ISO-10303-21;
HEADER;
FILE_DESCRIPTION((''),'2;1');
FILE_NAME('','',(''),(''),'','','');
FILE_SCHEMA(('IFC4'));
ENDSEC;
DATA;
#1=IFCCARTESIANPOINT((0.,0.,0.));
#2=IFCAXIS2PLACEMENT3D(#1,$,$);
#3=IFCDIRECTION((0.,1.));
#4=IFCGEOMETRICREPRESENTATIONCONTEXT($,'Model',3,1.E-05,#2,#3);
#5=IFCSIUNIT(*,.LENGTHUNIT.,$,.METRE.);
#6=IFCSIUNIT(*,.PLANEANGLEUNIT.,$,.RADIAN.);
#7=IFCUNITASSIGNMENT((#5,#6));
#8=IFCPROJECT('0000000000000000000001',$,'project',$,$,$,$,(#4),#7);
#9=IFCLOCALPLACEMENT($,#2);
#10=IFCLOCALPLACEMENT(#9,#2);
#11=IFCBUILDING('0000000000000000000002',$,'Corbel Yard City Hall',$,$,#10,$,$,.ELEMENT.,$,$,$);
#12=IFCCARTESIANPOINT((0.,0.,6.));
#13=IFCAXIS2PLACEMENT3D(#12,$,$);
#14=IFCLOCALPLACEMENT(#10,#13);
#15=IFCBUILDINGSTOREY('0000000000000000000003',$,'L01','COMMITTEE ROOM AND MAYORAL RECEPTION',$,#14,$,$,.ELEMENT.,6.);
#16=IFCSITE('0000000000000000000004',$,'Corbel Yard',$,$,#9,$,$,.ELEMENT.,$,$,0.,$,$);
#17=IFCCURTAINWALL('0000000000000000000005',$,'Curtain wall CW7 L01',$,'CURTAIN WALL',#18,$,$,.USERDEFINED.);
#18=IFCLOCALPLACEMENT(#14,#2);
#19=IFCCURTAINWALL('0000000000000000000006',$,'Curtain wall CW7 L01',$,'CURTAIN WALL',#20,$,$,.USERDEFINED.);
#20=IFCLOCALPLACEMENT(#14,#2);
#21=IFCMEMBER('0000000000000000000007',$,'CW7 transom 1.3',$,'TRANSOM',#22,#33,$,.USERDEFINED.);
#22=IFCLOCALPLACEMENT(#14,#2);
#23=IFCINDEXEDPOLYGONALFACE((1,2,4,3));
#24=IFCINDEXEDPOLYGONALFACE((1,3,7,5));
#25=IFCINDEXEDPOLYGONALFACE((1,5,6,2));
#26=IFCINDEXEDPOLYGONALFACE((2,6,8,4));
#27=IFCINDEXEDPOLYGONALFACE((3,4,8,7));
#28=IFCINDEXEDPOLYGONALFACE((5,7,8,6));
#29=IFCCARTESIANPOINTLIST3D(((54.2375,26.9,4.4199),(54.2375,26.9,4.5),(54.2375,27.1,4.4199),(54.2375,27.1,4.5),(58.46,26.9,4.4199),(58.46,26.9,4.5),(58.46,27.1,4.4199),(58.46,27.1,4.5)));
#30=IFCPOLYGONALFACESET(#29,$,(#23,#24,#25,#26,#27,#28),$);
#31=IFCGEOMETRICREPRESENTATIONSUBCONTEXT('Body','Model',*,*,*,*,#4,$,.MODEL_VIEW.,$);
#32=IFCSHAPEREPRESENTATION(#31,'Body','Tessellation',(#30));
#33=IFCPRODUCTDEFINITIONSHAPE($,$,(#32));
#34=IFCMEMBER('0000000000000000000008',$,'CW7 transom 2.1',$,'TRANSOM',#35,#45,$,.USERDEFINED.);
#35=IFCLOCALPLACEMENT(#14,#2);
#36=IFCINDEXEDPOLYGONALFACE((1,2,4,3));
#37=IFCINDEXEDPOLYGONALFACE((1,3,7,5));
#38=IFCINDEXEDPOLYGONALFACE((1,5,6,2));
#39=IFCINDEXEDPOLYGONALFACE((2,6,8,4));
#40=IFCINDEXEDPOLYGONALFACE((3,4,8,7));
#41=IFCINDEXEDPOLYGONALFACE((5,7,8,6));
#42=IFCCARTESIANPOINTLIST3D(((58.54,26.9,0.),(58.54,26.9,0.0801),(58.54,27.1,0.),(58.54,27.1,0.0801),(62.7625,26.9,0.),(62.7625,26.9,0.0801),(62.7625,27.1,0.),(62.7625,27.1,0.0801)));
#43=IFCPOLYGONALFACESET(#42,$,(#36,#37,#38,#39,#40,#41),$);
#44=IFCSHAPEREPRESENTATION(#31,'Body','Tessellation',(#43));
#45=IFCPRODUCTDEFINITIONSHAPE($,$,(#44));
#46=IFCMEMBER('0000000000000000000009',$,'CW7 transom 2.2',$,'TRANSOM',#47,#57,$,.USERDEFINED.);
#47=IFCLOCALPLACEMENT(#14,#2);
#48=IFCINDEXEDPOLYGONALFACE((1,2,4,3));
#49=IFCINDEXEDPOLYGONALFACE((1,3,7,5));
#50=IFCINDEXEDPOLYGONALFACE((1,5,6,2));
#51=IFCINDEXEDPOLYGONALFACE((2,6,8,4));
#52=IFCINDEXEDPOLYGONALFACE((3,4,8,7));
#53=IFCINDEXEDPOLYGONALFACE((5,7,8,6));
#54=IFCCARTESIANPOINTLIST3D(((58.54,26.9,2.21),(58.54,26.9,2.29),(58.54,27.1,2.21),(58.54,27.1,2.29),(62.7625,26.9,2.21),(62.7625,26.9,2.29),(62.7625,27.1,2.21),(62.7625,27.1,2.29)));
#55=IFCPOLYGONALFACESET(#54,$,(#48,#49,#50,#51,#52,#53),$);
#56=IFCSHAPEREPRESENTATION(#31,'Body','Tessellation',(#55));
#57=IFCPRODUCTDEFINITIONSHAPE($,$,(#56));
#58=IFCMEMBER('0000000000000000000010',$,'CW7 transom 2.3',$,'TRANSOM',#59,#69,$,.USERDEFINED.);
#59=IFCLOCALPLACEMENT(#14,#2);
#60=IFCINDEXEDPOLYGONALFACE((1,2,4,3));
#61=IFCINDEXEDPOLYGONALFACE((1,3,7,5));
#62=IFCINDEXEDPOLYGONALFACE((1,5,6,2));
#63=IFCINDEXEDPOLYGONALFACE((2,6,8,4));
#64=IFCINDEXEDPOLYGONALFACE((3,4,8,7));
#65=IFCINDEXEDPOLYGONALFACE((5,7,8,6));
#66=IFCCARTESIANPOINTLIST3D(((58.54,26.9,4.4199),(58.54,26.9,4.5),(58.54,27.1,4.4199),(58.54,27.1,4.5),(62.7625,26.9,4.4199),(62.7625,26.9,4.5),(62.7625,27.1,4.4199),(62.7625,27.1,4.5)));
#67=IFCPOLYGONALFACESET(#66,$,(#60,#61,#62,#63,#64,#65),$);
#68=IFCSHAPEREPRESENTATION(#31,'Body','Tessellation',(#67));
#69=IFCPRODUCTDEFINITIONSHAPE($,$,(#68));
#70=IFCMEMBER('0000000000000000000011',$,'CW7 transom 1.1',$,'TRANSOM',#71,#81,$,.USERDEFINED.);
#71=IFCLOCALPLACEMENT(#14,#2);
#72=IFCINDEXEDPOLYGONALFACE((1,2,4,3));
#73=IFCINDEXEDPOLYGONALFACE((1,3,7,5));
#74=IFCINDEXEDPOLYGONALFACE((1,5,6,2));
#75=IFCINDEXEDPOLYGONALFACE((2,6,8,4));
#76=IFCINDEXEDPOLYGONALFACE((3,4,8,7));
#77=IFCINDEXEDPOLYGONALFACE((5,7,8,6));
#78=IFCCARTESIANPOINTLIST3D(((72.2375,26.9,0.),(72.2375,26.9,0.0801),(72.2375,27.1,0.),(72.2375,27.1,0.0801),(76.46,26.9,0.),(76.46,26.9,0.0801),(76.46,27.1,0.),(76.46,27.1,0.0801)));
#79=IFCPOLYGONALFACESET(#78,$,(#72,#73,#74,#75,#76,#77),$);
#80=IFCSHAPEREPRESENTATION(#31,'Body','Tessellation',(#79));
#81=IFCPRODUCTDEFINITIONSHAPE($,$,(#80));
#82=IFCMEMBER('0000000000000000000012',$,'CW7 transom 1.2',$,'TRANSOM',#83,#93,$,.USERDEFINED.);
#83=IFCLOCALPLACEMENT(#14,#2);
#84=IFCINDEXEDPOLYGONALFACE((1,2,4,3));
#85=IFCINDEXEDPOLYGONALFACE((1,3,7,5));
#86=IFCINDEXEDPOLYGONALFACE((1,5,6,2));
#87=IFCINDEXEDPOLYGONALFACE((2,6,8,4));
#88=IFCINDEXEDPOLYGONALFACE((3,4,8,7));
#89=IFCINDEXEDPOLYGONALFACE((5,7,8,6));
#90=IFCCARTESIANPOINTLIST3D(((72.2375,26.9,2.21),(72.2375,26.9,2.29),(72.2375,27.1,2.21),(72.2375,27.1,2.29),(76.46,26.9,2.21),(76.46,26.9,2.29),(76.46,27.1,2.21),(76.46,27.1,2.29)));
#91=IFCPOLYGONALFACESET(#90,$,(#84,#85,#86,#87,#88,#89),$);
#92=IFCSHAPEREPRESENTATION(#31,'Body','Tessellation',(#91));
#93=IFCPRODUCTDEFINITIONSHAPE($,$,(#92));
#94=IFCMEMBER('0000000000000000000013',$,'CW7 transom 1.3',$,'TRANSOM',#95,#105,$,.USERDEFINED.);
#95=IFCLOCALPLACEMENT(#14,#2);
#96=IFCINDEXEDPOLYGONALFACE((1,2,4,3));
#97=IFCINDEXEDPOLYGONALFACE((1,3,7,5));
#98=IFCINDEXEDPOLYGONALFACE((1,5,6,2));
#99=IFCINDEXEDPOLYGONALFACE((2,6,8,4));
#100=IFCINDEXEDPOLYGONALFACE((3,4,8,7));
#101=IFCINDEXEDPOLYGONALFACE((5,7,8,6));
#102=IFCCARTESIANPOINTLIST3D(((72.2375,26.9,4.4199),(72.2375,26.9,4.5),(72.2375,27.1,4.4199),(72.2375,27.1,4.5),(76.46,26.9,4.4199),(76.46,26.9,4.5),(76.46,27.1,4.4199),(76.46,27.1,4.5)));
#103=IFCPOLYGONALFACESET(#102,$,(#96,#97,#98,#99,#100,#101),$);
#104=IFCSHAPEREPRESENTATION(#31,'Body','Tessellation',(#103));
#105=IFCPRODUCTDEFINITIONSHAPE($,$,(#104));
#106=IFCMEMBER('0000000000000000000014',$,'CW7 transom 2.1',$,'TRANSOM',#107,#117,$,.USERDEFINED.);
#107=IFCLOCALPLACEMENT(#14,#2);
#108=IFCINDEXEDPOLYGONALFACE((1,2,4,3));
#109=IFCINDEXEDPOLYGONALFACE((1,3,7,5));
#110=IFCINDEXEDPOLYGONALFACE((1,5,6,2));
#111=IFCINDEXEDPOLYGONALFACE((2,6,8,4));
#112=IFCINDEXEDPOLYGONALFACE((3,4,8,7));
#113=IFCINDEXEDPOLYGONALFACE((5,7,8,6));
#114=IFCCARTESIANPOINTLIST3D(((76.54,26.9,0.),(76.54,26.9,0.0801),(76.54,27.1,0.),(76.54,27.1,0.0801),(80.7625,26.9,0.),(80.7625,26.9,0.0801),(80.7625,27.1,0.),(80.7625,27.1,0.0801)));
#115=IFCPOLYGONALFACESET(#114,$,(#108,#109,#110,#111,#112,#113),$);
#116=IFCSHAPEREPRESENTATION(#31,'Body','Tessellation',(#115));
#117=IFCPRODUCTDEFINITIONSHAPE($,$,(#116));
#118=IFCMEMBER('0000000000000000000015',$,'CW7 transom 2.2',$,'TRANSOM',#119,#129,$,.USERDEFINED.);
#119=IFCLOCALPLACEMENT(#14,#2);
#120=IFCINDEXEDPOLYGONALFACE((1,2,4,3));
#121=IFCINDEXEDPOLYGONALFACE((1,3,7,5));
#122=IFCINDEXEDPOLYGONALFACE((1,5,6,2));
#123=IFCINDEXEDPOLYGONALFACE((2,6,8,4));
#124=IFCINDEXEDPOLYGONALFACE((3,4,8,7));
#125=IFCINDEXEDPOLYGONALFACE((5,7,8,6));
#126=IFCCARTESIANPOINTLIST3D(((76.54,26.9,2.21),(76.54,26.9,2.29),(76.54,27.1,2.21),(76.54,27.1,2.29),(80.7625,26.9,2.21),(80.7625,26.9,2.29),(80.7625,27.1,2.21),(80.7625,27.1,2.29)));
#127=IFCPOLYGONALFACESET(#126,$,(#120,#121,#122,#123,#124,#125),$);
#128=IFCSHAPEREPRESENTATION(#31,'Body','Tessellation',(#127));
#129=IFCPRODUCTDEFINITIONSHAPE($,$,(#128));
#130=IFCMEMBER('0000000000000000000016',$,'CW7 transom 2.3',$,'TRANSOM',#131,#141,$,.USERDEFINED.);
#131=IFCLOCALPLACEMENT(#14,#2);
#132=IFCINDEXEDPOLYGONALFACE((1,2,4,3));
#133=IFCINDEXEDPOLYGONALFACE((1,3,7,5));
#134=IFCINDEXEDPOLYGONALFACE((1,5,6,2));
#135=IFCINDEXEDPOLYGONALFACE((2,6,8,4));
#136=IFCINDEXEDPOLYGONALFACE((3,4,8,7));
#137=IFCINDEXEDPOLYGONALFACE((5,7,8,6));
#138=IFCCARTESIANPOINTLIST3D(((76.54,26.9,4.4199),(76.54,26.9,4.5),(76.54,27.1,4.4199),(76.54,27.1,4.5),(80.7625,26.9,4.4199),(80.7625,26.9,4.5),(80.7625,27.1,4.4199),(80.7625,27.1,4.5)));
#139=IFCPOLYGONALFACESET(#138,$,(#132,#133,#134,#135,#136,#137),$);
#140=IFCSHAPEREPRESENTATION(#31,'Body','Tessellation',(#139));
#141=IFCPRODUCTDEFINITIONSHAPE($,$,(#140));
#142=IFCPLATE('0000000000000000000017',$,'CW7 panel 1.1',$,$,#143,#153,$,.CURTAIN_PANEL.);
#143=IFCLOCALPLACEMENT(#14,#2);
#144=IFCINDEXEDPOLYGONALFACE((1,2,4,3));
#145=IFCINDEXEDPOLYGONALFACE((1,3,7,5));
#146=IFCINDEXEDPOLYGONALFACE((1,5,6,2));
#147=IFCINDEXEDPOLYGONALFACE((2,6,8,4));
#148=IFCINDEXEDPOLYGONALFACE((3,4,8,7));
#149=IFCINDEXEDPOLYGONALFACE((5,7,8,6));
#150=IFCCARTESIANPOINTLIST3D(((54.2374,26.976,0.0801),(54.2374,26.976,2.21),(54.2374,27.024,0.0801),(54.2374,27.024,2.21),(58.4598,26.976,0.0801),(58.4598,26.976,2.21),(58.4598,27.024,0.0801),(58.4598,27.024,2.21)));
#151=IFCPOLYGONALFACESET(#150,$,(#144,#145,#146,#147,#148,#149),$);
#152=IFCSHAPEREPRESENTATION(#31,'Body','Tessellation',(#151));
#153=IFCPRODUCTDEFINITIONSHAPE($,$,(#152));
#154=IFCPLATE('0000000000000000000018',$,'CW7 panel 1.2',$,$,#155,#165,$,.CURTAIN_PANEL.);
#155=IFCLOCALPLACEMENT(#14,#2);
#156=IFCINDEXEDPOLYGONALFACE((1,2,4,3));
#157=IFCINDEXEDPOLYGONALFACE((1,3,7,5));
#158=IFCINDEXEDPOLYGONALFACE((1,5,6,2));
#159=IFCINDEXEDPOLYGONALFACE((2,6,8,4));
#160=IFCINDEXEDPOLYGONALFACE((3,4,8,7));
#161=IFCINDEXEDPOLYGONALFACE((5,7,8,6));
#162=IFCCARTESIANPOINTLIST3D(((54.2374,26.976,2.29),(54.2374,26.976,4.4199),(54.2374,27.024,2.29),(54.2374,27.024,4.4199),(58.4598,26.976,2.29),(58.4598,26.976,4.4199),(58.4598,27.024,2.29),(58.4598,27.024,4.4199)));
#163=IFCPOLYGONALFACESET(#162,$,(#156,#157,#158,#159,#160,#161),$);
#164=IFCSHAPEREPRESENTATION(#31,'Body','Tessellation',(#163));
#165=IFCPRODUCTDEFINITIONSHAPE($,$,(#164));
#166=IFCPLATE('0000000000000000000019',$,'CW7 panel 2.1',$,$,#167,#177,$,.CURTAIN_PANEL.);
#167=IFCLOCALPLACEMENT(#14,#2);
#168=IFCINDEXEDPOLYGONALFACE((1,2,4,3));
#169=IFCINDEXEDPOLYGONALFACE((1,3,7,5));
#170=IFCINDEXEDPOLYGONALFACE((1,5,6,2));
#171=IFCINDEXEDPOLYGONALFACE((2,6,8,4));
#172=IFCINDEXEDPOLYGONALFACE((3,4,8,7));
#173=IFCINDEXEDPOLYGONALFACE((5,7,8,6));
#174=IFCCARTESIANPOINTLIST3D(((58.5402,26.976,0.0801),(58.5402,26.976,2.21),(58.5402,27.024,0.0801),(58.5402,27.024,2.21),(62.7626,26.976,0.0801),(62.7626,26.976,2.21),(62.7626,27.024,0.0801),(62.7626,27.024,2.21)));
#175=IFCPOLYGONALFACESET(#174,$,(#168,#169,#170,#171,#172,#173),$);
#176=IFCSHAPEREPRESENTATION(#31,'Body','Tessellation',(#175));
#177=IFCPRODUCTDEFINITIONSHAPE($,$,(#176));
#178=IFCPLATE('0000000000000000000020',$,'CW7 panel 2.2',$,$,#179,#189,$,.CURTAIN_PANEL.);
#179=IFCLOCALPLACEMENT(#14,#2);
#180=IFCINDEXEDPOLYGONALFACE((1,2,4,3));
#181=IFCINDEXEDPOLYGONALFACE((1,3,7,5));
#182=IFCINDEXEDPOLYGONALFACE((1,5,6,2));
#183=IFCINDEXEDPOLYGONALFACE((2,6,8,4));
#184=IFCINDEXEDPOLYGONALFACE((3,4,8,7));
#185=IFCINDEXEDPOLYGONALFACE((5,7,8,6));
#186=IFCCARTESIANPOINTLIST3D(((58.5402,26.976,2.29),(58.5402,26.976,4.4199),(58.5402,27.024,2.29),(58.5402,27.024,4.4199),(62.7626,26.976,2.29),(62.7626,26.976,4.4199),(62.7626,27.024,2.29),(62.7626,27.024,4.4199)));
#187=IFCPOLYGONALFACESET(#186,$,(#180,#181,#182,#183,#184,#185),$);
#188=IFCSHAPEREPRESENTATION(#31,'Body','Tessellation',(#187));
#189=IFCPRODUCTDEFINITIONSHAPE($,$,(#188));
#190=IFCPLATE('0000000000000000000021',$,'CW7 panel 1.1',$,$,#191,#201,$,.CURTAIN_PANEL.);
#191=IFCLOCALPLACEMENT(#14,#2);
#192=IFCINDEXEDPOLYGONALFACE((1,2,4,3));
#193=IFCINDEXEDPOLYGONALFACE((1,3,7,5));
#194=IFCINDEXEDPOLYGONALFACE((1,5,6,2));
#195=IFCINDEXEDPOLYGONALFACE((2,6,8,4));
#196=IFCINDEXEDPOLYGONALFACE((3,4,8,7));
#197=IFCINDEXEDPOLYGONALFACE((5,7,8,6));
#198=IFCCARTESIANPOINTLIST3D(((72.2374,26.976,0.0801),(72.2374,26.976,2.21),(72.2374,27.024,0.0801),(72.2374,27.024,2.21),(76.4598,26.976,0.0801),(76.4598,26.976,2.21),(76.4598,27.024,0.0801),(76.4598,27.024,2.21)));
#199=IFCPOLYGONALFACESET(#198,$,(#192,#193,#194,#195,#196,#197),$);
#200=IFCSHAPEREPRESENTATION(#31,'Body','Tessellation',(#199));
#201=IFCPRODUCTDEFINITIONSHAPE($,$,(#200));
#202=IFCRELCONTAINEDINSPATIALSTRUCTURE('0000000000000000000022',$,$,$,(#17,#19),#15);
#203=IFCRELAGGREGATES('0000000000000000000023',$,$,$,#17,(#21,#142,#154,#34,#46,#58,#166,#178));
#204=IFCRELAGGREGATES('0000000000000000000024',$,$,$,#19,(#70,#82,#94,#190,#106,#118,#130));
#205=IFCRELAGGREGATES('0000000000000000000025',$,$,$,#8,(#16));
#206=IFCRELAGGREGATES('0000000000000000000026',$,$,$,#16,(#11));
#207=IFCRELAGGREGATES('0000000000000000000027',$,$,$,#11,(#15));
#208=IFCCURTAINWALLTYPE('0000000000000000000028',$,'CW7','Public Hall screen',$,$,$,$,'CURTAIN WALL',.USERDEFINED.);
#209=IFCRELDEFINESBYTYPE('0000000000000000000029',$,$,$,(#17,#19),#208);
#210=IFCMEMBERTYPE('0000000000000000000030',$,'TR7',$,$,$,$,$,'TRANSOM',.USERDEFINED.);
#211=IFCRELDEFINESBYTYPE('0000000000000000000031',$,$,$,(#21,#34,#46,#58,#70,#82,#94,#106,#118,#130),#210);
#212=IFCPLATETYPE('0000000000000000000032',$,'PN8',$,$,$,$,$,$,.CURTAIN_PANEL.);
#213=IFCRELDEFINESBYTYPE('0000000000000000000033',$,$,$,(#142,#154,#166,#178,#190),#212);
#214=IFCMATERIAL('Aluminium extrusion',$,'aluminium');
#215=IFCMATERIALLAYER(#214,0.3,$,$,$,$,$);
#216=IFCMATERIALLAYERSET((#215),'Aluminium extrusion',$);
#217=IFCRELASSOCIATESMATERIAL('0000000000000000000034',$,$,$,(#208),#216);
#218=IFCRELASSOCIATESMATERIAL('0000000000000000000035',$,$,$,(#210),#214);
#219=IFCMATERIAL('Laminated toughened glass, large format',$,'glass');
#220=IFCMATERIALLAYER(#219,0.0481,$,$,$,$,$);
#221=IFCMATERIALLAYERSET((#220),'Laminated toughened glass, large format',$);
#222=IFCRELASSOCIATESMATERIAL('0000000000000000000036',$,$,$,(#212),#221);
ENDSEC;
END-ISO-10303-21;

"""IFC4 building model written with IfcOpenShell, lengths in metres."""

from ifc_helpers import new_model, si_unit, direction, frame, origin, origin_2d, place, context, subcontext, project, spatial, rectangle, extrude, material, layer, layer_set, material_profile, profile_set, type_object, element, aggregate, save


model = new_model("IFC4")

# Units and contexts
model_context = context("Model", 3, precision=1e-05, world=origin(), true_north=direction((0.0, 1.0)))
body_context = subcontext(model_context, "Body", "Model", "MODEL_VIEW")
ifc_project = project(units=[si_unit("LENGTHUNIT", "METRE"), si_unit("PLANEANGLEUNIT", "RADIAN")], contexts=[model_context])

# Site, building, storey
site_placement = place(None, origin())
site = spatial("IfcSite", under=ifc_project, at=site_placement, Name="Corbel Yard", CompositionType="ELEMENT", RefElevation=0.0)
building_placement = place(site_placement, origin())
building = spatial("IfcBuilding", under=site, at=building_placement, Name="Corbel Yard City Hall", CompositionType="ELEMENT")
storey_placement = place(building_placement, frame((0.0, 0.0, 6.0)))
storey = spatial("IfcBuildingStorey", under=building, at=storey_placement, Name="L01", Description="COMMITTEE ROOM AND MAYORAL RECEPTION", CompositionType="ELEMENT", Elevation=6.0)

# Curtain walls
ifc_material_1 = material(Name="Aluminium extrusion", Category="aluminium")
ifc_layer_1 = layer(ifc_material_1, 0.3)
ifc_layer_set_1 = layer_set([ifc_layer_1], Name="Aluminium extrusion")
curtain_wall_type = type_object("IfcCurtainWallType", Name="CW7", Description="Public Hall screen", ElementType="CURTAIN WALL", PredefinedType="USERDEFINED", material=ifc_layer_set_1)
curtain_wall_1_placement = place(storey_placement, origin())
curtain_wall_1 = element("IfcCurtainWall", 1, at=curtain_wall_1_placement, inside=storey, type_object=curtain_wall_type, Name="Curtain wall CW7 L01", ObjectType="CURTAIN WALL", PredefinedType="USERDEFINED")
curtain_wall_2_placement = place(storey_placement, origin())
curtain_wall_2 = element("IfcCurtainWall", 2, at=curtain_wall_2_placement, inside=storey, type_object=curtain_wall_type, Name="Curtain wall CW7 L01", ObjectType="CURTAIN WALL", PredefinedType="USERDEFINED")

# Members
ifc_material_profile_1 = material_profile(ifc_material_1, rectangle(XDim=0.2, YDim=0.0801, at=origin_2d()), Name="200x80")
ifc_profile_set_1 = profile_set([ifc_material_profile_1], Name="Aluminium extrusion")
member_type_1 = type_object("IfcMemberType", Name="TR7", ElementType="TRANSOM", PredefinedType="USERDEFINED", material=ifc_profile_set_1)
member_1_placement = place(storey_placement, frame((54.2375, 27.0, 4.46), z_axis=(1.0, 0.0, 0.0), x_axis=(0.0, 1.0, 0.0)))
member_1 = element("IfcMember", 3, at=member_1_placement, type_object=member_type_1, Name="CW7 transom 1.3", ObjectType="TRANSOM", PredefinedType="USERDEFINED", context=body_context, shape_type="SweptSolid", body=[
    extrude(rectangle(XDim=0.2, YDim=0.0801, at=origin_2d()), origin(), (0.0, 0.0, 1.0), 4.2224),
])
member_2_placement = place(storey_placement, frame((58.54, 27.0, 0.04), z_axis=(1.0, 0.0, 0.0), x_axis=(0.0, 1.0, 0.0)))
member_2 = element("IfcMember", 4, at=member_2_placement, type_object=member_type_1, Name="CW7 transom 2.1", ObjectType="TRANSOM", PredefinedType="USERDEFINED", context=body_context, shape_type="SweptSolid", body=[
    extrude(rectangle(XDim=0.2, YDim=0.0801, at=origin_2d()), origin(), (0.0, 0.0, 1.0), 4.2224),
])
member_3_placement = place(storey_placement, frame((58.54, 27.0, 2.25), z_axis=(1.0, 0.0, 0.0), x_axis=(0.0, 1.0, 0.0)))
member_3 = element("IfcMember", 5, at=member_3_placement, type_object=member_type_1, Name="CW7 transom 2.2", ObjectType="TRANSOM", PredefinedType="USERDEFINED", context=body_context, shape_type="SweptSolid", body=[
    extrude(rectangle(XDim=0.2, YDim=0.0801, at=origin_2d()), origin(), (0.0, 0.0, 1.0), 4.2224),
])
member_4_placement = place(storey_placement, frame((58.54, 27.0, 4.46), z_axis=(1.0, 0.0, 0.0), x_axis=(0.0, 1.0, 0.0)))
member_4 = element("IfcMember", 6, at=member_4_placement, type_object=member_type_1, Name="CW7 transom 2.3", ObjectType="TRANSOM", PredefinedType="USERDEFINED", context=body_context, shape_type="SweptSolid", body=[
    extrude(rectangle(XDim=0.2, YDim=0.0801, at=origin_2d()), origin(), (0.0, 0.0, 1.0), 4.2224),
])
member_5_placement = place(storey_placement, frame((72.2375, 27.0, 0.04), z_axis=(1.0, 0.0, 0.0), x_axis=(0.0, 1.0, 0.0)))
member_5 = element("IfcMember", 7, at=member_5_placement, type_object=member_type_1, Name="CW7 transom 1.1", ObjectType="TRANSOM", PredefinedType="USERDEFINED", context=body_context, shape_type="SweptSolid", body=[
    extrude(rectangle(XDim=0.2, YDim=0.0801, at=origin_2d()), origin(), (0.0, 0.0, 1.0), 4.2224),
])
member_6_placement = place(storey_placement, frame((72.2375, 27.0, 2.25), z_axis=(1.0, 0.0, 0.0), x_axis=(0.0, 1.0, 0.0)))
member_6 = element("IfcMember", 8, at=member_6_placement, type_object=member_type_1, Name="CW7 transom 1.2", ObjectType="TRANSOM", PredefinedType="USERDEFINED", context=body_context, shape_type="SweptSolid", body=[
    extrude(rectangle(XDim=0.2, YDim=0.0801, at=origin_2d()), origin(), (0.0, 0.0, 1.0), 4.2224),
])
member_7_placement = place(storey_placement, frame((72.2375, 27.0, 4.46), z_axis=(1.0, 0.0, 0.0), x_axis=(0.0, 1.0, 0.0)))
member_7 = element("IfcMember", 9, at=member_7_placement, type_object=member_type_1, Name="CW7 transom 1.3", ObjectType="TRANSOM", PredefinedType="USERDEFINED", context=body_context, shape_type="SweptSolid", body=[
    extrude(rectangle(XDim=0.2, YDim=0.0801, at=origin_2d()), origin(), (0.0, 0.0, 1.0), 4.2224),
])
member_8_placement = place(storey_placement, frame((76.54, 27.0, 0.04), z_axis=(1.0, 0.0, 0.0), x_axis=(0.0, 1.0, 0.0)))
member_8 = element("IfcMember", 10, at=member_8_placement, type_object=member_type_1, Name="CW7 transom 2.1", ObjectType="TRANSOM", PredefinedType="USERDEFINED", context=body_context, shape_type="SweptSolid", body=[
    extrude(rectangle(XDim=0.2, YDim=0.0801, at=origin_2d()), origin(), (0.0, 0.0, 1.0), 4.2224),
])
member_9_placement = place(storey_placement, frame((76.54, 27.0, 2.25), z_axis=(1.0, 0.0, 0.0), x_axis=(0.0, 1.0, 0.0)))
member_9 = element("IfcMember", 11, at=member_9_placement, type_object=member_type_1, Name="CW7 transom 2.2", ObjectType="TRANSOM", PredefinedType="USERDEFINED", context=body_context, shape_type="SweptSolid", body=[
    extrude(rectangle(XDim=0.2, YDim=0.0801, at=origin_2d()), origin(), (0.0, 0.0, 1.0), 4.2224),
])
member_10_placement = place(storey_placement, frame((76.54, 27.0, 4.46), z_axis=(1.0, 0.0, 0.0), x_axis=(0.0, 1.0, 0.0)))
member_10 = element("IfcMember", 12, at=member_10_placement, type_object=member_type_1, Name="CW7 transom 2.3", ObjectType="TRANSOM", PredefinedType="USERDEFINED", context=body_context, shape_type="SweptSolid", body=[
    extrude(rectangle(XDim=0.2, YDim=0.0801, at=origin_2d()), origin(), (0.0, 0.0, 1.0), 4.2224),
])

# Plates
ifc_material_2 = material(Name="Laminated toughened glass, large format", Category="glass")
ifc_layer_2 = layer(ifc_material_2, 0.0481)
ifc_layer_set_2 = layer_set([ifc_layer_2], Name="Laminated toughened glass, large format")
plate_type = type_object("IfcPlateType", Name="PN8", PredefinedType="CURTAIN_PANEL", material=ifc_layer_set_2)
plate_1_placement = place(storey_placement, frame((56.3486, 27.0, 0.0801), z_axis=(0.0, 0.0, 1.0), x_axis=(1.0, 0.0, 0.0)))
plate_1 = element("IfcPlate", 13, at=plate_1_placement, type_object=plate_type, Name="CW7 panel 1.1", PredefinedType="CURTAIN_PANEL", context=body_context, shape_type="SweptSolid", body=[
    extrude(rectangle(XDim=4.2224, YDim=0.0481, at=origin_2d()), origin(), (0.0, 0.0, 1.0), 2.1299),
])
plate_2_placement = place(storey_placement, frame((56.3486, 27.0, 2.29), z_axis=(0.0, 0.0, 1.0), x_axis=(1.0, 0.0, 0.0)))
plate_2 = element("IfcPlate", 14, at=plate_2_placement, type_object=plate_type, Name="CW7 panel 1.2", PredefinedType="CURTAIN_PANEL", context=body_context, shape_type="SweptSolid", body=[
    extrude(rectangle(XDim=4.2224, YDim=0.0481, at=origin_2d()), origin(), (0.0, 0.0, 1.0), 2.1299),
])
plate_3_placement = place(storey_placement, frame((60.6514, 27.0, 0.0801), z_axis=(0.0, 0.0, 1.0), x_axis=(1.0, 0.0, 0.0)))
plate_3 = element("IfcPlate", 15, at=plate_3_placement, type_object=plate_type, Name="CW7 panel 2.1", PredefinedType="CURTAIN_PANEL", context=body_context, shape_type="SweptSolid", body=[
    extrude(rectangle(XDim=4.2224, YDim=0.0481, at=origin_2d()), origin(), (0.0, 0.0, 1.0), 2.1299),
])
plate_4_placement = place(storey_placement, frame((60.6514, 27.0, 2.29), z_axis=(0.0, 0.0, 1.0), x_axis=(1.0, 0.0, 0.0)))
plate_4 = element("IfcPlate", 16, at=plate_4_placement, type_object=plate_type, Name="CW7 panel 2.2", PredefinedType="CURTAIN_PANEL", context=body_context, shape_type="SweptSolid", body=[
    extrude(rectangle(XDim=4.2224, YDim=0.0481, at=origin_2d()), origin(), (0.0, 0.0, 1.0), 2.1299),
])
aggregate(curtain_wall_1, [member_1, plate_1, plate_2, member_2, member_3, member_4, plate_3, plate_4])
plate_5_placement = place(storey_placement, frame((74.3486, 27.0, 0.0801), z_axis=(0.0, 0.0, 1.0), x_axis=(1.0, 0.0, 0.0)))
plate_5 = element("IfcPlate", 17, at=plate_5_placement, type_object=plate_type, Name="CW7 panel 1.1", PredefinedType="CURTAIN_PANEL", context=body_context, shape_type="SweptSolid", body=[
    extrude(rectangle(XDim=4.2224, YDim=0.0481, at=origin_2d()), origin(), (0.0, 0.0, 1.0), 2.1299),
])
aggregate(curtain_wall_2, [member_5, member_6, member_7, plate_5, member_8, member_9, member_10])

save(model, "model.ifc")
